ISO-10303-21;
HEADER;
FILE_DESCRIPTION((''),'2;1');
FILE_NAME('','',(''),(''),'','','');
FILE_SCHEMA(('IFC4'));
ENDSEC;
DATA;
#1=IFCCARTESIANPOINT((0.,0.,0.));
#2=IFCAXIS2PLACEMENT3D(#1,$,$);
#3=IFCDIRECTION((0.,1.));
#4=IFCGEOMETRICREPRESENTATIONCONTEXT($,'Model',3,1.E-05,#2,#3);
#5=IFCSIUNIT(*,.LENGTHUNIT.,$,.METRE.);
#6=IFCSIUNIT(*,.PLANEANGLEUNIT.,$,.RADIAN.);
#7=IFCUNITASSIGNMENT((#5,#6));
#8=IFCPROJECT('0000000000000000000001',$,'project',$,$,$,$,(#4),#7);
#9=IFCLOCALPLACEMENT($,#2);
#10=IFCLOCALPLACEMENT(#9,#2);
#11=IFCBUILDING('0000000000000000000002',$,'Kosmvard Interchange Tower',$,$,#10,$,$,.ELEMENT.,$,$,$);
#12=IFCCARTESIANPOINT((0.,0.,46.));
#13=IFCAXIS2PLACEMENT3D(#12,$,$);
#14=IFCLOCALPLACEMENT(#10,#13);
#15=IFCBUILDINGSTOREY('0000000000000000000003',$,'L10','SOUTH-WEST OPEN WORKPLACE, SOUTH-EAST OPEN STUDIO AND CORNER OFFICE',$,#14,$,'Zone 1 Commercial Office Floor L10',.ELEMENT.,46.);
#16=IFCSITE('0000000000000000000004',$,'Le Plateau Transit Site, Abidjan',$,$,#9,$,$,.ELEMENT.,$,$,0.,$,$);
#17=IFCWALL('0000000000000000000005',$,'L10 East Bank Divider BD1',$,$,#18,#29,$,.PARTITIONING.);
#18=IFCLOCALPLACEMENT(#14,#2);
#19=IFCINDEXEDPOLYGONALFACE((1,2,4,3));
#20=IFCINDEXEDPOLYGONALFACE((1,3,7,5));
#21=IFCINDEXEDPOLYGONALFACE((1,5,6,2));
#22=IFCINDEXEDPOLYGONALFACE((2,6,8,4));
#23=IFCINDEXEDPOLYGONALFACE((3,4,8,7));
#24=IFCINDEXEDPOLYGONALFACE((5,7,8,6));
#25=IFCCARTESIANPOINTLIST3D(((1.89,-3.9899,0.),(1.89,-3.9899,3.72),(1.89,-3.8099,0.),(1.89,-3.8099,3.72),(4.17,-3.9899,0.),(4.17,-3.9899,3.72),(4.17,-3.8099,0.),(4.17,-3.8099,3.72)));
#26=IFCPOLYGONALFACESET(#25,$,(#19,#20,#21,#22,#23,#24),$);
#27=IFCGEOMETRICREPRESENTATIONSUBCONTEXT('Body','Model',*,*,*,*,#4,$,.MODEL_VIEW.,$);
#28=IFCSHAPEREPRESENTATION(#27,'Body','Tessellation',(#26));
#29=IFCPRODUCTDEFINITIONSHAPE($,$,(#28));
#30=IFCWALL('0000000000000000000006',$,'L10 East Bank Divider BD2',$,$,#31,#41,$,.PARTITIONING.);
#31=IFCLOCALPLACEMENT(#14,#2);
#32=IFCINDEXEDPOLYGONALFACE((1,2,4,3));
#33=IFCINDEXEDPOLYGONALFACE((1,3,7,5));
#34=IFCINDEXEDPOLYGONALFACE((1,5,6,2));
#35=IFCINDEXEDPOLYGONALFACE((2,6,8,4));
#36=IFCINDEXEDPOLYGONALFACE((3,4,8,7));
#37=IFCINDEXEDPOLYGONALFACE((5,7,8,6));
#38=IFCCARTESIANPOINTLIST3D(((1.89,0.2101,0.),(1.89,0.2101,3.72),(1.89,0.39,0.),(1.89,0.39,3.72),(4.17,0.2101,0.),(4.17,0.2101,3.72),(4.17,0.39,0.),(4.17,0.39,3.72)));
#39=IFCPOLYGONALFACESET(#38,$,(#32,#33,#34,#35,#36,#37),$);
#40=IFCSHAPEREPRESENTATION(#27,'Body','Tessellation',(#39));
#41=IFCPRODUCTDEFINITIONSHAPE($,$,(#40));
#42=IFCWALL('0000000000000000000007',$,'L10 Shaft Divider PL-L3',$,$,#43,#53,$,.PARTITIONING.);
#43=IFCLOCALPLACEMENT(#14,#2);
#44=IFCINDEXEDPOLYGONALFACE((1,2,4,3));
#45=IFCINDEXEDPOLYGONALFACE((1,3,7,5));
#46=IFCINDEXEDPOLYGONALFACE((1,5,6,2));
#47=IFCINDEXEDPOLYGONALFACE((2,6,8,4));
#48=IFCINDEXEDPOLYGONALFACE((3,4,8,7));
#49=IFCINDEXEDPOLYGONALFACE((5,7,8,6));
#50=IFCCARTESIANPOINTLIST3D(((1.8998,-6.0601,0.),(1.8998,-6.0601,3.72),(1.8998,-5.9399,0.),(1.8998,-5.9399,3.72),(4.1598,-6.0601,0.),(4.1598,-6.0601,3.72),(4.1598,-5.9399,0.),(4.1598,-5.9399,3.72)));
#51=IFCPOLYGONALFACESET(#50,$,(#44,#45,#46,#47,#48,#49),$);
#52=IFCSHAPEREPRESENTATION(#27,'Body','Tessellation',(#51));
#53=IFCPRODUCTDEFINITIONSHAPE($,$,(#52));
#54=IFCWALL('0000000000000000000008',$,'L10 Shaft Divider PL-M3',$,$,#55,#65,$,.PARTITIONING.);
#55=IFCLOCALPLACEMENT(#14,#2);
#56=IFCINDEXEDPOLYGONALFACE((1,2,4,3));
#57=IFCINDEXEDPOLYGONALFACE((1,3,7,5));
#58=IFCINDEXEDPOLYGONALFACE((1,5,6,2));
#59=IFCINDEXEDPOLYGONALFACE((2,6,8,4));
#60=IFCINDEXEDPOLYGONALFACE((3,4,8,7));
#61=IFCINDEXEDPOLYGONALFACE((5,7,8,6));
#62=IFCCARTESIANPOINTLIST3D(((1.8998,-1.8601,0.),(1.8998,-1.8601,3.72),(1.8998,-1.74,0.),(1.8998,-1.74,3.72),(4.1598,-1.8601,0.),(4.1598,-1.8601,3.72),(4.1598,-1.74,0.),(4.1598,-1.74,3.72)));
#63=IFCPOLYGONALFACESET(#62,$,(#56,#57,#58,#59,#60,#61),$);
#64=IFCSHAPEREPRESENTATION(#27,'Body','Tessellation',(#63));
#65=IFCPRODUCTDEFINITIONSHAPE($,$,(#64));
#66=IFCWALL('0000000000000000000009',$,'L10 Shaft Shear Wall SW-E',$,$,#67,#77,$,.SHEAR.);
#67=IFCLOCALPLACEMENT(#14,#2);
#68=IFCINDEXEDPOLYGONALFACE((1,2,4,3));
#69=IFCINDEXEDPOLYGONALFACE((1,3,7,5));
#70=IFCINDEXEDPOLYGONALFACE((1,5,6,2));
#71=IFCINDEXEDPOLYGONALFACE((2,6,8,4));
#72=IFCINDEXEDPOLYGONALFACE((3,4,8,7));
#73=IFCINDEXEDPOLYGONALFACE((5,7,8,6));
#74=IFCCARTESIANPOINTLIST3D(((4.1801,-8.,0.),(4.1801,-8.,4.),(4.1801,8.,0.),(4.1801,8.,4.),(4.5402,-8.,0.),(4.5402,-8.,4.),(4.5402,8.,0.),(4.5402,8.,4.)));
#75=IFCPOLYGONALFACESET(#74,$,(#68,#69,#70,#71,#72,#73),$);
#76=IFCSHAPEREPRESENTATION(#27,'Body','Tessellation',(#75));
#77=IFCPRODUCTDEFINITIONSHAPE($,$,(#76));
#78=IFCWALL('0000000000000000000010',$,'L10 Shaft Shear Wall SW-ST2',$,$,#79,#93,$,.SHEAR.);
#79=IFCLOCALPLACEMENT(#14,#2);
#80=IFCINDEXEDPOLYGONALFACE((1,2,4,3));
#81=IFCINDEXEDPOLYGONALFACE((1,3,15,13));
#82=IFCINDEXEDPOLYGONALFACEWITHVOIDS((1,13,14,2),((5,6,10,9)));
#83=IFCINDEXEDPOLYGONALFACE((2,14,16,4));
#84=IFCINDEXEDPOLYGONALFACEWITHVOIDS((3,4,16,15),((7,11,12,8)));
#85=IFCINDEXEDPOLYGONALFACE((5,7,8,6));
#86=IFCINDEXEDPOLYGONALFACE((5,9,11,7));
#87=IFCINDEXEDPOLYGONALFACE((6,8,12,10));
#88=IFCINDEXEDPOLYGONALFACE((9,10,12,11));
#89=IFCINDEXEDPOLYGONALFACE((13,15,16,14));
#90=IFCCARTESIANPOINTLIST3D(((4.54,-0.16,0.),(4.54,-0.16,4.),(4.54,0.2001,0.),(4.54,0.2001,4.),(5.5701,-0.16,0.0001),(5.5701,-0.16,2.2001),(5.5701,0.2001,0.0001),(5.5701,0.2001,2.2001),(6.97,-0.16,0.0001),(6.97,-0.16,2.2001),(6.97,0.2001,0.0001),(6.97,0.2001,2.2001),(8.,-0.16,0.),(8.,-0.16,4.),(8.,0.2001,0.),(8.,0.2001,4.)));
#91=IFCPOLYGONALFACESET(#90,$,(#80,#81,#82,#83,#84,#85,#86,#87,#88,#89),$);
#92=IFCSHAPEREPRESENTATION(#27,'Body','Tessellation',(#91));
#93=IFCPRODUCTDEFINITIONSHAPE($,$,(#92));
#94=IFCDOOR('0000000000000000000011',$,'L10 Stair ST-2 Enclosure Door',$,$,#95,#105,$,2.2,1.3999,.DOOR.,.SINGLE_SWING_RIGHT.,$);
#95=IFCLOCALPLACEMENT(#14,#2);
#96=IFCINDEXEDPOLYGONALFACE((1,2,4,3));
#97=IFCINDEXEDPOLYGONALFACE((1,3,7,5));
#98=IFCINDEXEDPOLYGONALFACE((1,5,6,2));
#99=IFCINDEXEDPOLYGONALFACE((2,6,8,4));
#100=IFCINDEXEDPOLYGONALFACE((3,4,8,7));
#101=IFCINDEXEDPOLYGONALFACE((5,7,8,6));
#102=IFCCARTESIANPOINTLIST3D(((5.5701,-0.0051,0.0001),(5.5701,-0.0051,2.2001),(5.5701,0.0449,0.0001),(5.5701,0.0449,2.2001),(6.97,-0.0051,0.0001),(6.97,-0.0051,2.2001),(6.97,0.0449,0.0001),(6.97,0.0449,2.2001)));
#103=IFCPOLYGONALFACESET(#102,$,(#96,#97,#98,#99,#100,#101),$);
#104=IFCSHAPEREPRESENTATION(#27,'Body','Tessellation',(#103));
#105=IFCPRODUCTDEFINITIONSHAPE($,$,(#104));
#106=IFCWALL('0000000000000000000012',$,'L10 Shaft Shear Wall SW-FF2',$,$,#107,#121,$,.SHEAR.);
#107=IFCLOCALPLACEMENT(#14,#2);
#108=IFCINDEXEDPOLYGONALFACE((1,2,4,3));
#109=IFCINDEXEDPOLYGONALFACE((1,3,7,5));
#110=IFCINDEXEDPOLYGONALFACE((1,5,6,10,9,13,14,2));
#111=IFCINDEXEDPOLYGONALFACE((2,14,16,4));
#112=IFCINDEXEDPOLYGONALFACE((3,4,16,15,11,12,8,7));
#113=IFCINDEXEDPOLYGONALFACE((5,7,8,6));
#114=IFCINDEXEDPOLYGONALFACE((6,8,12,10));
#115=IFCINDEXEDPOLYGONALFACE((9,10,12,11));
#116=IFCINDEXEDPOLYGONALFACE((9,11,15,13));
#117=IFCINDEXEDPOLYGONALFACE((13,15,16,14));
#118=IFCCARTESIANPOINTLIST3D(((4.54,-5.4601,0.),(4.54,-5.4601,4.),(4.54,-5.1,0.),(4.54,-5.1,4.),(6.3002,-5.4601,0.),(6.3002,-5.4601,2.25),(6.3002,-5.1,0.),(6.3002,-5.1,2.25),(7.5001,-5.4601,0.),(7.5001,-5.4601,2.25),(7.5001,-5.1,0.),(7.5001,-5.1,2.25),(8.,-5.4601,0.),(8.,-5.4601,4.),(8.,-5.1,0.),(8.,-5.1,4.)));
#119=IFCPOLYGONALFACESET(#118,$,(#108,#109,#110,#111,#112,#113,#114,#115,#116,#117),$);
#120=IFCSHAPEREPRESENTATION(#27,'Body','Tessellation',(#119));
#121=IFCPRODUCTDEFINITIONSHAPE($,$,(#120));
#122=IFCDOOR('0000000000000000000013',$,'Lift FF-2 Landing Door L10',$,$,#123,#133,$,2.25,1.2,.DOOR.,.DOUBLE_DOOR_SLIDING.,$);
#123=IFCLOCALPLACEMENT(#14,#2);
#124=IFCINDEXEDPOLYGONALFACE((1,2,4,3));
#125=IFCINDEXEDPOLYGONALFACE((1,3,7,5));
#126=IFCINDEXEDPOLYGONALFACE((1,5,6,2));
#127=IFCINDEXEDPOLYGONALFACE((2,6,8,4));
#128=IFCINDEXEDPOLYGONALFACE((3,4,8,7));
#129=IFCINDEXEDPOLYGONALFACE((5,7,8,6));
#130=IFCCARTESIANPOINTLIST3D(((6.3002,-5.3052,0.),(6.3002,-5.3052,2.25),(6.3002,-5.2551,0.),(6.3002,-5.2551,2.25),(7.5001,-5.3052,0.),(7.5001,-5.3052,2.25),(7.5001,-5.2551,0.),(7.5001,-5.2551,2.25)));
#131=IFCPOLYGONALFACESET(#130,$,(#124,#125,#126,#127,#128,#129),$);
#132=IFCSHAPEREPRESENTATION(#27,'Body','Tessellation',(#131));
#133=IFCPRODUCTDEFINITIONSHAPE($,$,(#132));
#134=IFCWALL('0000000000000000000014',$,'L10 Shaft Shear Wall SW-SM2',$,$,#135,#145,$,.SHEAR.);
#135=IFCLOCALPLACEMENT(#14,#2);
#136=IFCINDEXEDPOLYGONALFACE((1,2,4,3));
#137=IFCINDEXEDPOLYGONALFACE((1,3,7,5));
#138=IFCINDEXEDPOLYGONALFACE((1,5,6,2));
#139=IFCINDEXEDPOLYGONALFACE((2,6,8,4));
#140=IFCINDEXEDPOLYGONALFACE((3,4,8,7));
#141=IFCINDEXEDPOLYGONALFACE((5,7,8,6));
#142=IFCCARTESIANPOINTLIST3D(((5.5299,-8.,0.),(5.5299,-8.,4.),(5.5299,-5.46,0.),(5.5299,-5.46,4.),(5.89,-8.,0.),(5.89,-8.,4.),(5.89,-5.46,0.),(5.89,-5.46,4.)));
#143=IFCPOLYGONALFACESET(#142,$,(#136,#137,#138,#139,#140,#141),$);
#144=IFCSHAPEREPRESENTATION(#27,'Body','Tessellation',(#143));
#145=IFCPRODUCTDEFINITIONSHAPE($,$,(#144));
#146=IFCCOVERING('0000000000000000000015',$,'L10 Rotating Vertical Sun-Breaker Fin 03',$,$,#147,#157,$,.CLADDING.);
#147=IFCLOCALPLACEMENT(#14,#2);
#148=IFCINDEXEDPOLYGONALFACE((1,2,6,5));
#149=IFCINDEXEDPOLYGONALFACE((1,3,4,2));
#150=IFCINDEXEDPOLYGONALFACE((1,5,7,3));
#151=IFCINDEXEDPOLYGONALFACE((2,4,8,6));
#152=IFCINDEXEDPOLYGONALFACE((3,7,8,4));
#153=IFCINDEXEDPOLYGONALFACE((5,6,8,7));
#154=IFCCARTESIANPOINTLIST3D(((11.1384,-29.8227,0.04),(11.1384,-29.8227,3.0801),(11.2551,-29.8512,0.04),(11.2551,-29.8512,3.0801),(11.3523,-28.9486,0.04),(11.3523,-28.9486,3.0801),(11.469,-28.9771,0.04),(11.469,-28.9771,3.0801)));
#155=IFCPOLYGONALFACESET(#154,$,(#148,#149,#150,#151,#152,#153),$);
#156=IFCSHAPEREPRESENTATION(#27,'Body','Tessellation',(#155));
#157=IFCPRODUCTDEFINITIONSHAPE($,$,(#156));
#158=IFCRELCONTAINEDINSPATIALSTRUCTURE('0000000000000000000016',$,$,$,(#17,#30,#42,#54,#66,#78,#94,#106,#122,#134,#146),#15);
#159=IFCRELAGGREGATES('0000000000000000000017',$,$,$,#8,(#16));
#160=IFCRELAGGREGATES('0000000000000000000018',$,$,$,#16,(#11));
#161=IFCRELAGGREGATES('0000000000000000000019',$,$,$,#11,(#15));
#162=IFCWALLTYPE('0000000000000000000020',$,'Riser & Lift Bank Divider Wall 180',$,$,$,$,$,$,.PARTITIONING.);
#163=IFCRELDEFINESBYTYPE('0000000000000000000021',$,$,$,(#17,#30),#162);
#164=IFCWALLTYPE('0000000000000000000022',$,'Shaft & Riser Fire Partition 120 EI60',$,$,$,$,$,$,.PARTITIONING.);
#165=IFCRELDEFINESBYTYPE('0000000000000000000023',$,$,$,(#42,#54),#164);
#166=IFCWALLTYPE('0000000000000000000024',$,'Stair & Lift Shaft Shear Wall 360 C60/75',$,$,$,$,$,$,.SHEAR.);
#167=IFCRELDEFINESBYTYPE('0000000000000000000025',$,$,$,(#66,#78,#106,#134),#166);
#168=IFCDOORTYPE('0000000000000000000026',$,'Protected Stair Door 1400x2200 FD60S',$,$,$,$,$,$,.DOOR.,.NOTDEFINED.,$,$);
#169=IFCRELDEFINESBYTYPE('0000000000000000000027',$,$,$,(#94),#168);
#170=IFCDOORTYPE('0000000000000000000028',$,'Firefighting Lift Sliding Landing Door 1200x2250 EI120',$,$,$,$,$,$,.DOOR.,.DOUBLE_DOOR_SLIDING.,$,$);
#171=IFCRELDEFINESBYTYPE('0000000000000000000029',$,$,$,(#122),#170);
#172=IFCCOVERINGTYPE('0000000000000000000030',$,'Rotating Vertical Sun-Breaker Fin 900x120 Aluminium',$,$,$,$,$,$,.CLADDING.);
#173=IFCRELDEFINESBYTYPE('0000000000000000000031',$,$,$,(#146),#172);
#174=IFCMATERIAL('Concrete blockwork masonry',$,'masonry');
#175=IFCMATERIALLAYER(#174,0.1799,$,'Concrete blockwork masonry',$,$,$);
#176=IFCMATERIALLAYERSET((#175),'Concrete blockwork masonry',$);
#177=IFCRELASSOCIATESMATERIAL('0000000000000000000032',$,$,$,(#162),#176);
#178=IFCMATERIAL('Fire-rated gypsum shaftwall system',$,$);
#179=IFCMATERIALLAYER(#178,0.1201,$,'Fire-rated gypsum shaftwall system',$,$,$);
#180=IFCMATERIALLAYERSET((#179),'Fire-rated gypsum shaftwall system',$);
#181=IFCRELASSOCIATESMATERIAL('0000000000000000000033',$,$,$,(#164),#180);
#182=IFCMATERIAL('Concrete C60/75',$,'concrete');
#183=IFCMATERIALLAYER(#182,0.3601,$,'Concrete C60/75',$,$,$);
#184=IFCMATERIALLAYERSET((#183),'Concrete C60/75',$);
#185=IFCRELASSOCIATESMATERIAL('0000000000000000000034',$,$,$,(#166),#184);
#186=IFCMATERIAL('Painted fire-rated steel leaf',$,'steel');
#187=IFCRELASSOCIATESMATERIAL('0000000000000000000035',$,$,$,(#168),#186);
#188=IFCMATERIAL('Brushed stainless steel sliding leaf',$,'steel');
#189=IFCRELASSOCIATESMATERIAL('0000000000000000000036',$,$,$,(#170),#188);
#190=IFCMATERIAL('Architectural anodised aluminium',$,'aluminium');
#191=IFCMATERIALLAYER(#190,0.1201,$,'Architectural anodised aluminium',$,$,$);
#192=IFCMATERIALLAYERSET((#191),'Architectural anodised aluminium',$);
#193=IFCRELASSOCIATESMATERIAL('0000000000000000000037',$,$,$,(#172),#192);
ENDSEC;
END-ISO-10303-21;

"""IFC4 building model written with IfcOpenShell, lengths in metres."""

from ifc_helpers import new_model, si_unit, direction, frame, frame_2d, origin, origin_2d, place, context, subcontext, project, spatial, rectangle, extrude, source, transform, mapped, material, layer, layer_set, type_object, element, fill, save


model = new_model("IFC4")

# Units and contexts
model_context = context("Model", 3, precision=1e-05, world=origin(), true_north=direction((0.0, 1.0)))
body_context = subcontext(model_context, "Body", "Model", "MODEL_VIEW")
ifc_project = project(units=[si_unit("LENGTHUNIT", "METRE"), si_unit("PLANEANGLEUNIT", "RADIAN")], contexts=[model_context])

# Site, building, storey
site_placement = place(None, origin())
site = spatial("IfcSite", under=ifc_project, at=site_placement, Name="Le Plateau Transit Site, Abidjan", CompositionType="ELEMENT", RefElevation=0.0)
building_placement = place(site_placement, origin())
building = spatial("IfcBuilding", under=site, at=building_placement, Name="Kosmvard Interchange Tower", CompositionType="ELEMENT")
storey_placement = place(building_placement, frame((0.0, 0.0, 46.0)))
storey = spatial("IfcBuildingStorey", under=building, at=storey_placement, Name="L10", Description="SOUTH-WEST OPEN WORKPLACE, SOUTH-EAST OPEN STUDIO AND CORNER OFFICE", LongName="Zone 1 Commercial Office Floor L10", CompositionType="ELEMENT", Elevation=46.0)

# Shared definitions
ifc_material_1 = material(Name="Concrete C60/75", Category="concrete")

# Shared definitions
ifc_material_2 = material(Name="Brushed stainless steel sliding leaf", Category="steel")

# Shared definitions
ifc_material_3 = material(Name="Painted fire-rated steel leaf", Category="steel")

# Walls
ifc_material_4 = material(Name="Concrete blockwork masonry", Category="masonry")
ifc_layer_1 = layer(ifc_material_4, 0.1799, Name="Concrete blockwork masonry")
ifc_layer_set_1 = layer_set([ifc_layer_1], Name="Concrete blockwork masonry")
wall_type_1 = type_object("IfcWallType", Name="Riser & Lift Bank Divider Wall 180", PredefinedType="PARTITIONING", material=ifc_layer_set_1)
for number, where, z_axis, x_axis, name in (
    (1, (1.8899, -3.8999, 0.0), (0.0, 0.0, 1.0), (1.0, 0.0, 0.0), "L10 East Bank Divider BD1"),
    (2, (1.8899, 0.3, 0.0), (0.0, 0.0, 1.0), (1.0, 0.0, 0.0), "L10 East Bank Divider BD2"),
):
    element("IfcWall", number, at=place(storey_placement, frame(where, z_axis=z_axis, x_axis=x_axis)), inside=storey, type_object=wall_type_1, Name=name, PredefinedType="PARTITIONING", context=body_context, shape_type="SweptSolid", body=[
        extrude(rectangle(XDim=2.28, YDim=0.1799, at=frame_2d((1.1401, 0.0))), origin(), (0.0, 0.0, 1.0), 3.72),
    ])
ifc_material_5 = material(Name="Fire-rated gypsum shaftwall system")
ifc_layer_2 = layer(ifc_material_5, 0.1201, Name="Fire-rated gypsum shaftwall system")
ifc_layer_set_2 = layer_set([ifc_layer_2], Name="Fire-rated gypsum shaftwall system")
wall_type_2 = type_object("IfcWallType", Name="Shaft & Riser Fire Partition 120 EI60", PredefinedType="PARTITIONING", material=ifc_layer_set_2)
for number, where, z_axis, x_axis, name in (
    (3, (1.8999, -6.0, 0.0), (0.0, 0.0, 1.0), (1.0, 0.0, 0.0), "L10 Shaft Divider PL-L3"),
    (4, (1.8999, -1.8, 0.0), (0.0, 0.0, 1.0), (1.0, 0.0, 0.0), "L10 Shaft Divider PL-M3"),
):
    element("IfcWall", number, at=place(storey_placement, frame(where, z_axis=z_axis, x_axis=x_axis)), inside=storey, type_object=wall_type_2, Name=name, PredefinedType="PARTITIONING", context=body_context, shape_type="SweptSolid", body=[
        extrude(rectangle(XDim=2.26, YDim=0.1201, at=frame_2d((1.1299, 0.0))), origin(), (0.0, 0.0, 1.0), 3.72),
    ])
ifc_layer_3 = layer(ifc_material_1, 0.3601, Name="Concrete C60/75")
ifc_layer_set_3 = layer_set([ifc_layer_3], Name="Concrete C60/75")
wall_type_3 = type_object("IfcWallType", Name="Stair & Lift Shaft Shear Wall 360 C60/75", PredefinedType="SHEAR", material=ifc_layer_set_3)
wall_1_placement = place(storey_placement, frame((4.3601, -8.0, 0.0), z_axis=(0.0, 0.0, 1.0), x_axis=(0.0, 1.0, 0.0)))
element("IfcWall", 5, at=wall_1_placement, inside=storey, type_object=wall_type_3, Name="L10 Shaft Shear Wall SW-E", PredefinedType="SHEAR", context=body_context, shape_type="SweptSolid", body=[
    extrude(rectangle(XDim=16.0, YDim=0.3601, at=frame_2d((8.0, 0.0))), origin(), (0.0, 0.0, 1.0), 4.0),
])

# Walls, openings, doors
wall_2_placement = place(storey_placement, frame((4.54, 0.02, 0.0), z_axis=(0.0, 0.0, 1.0), x_axis=(1.0, 0.0, 0.0)))
wall_2 = element("IfcWall", 6, at=wall_2_placement, inside=storey, type_object=wall_type_3, Name="L10 Shaft Shear Wall SW-ST2", PredefinedType="SHEAR", context=body_context, shape_type="SweptSolid", body=[
    extrude(rectangle(XDim=3.46, YDim=0.3601, at=frame_2d((1.73, 0.0))), origin(), (0.0, 0.0, 1.0), 4.0),
])
opening_1_placement = place(wall_2_placement, frame((1.03, 0.0, 0.0)))
opening_1 = element("IfcOpeningElement", 7, at=opening_1_placement, cuts=wall_2, PredefinedType="OPENING", context=body_context, shape_type="SweptSolid", body=[
    extrude(rectangle(XDim=1.3999, YDim=2.2, at=frame_2d((0.7, 1.1001))), frame((0.0, 0.1899, 0.0), z_axis=(0.0, -1.0, 0.0), x_axis=(1.0, 0.0, 0.0)), (0.0, 0.0, 1.0), 0.3801),
])
door_type_1 = type_object("IfcDoorType", Name="Protected Stair Door 1400x2200 FD60S", OperationType="NOTDEFINED", PredefinedType="DOOR", material=ifc_material_3)
shared_shape_1 = source(origin(), body_context, "Body", "SweptSolid", [
    extrude(rectangle(XDim=1.3999, YDim=2.2, at=frame_2d((0.7, 1.1001))), frame((0.0, 0.0249, 0.0), z_axis=(0.0, -1.0, 0.0), x_axis=(1.0, 0.0, 0.0)), (0.0, 0.0, 1.0), 0.05),
])
door_1_placement = place(opening_1_placement, origin())
door_1 = element("IfcDoor", 8, at=door_1_placement, inside=storey, type_object=door_type_1, Name="L10 Stair ST-2 Enclosure Door", OperationType="SINGLE_SWING_RIGHT", OverallHeight=2.2, OverallWidth=1.3999, PredefinedType="DOOR", context=body_context, shape_type="MappedRepresentation", body=[
    mapped(shared_shape_1, transform((0.0, 0.0, 0.0), scale=1.0)),
])
fill(opening_1, door_1)
wall_3_placement = place(storey_placement, frame((4.54, -5.28, 0.0), z_axis=(0.0, 0.0, 1.0), x_axis=(1.0, 0.0, 0.0)))
wall_3 = element("IfcWall", 9, at=wall_3_placement, inside=storey, type_object=wall_type_3, Name="L10 Shaft Shear Wall SW-FF2", PredefinedType="SHEAR", context=body_context, shape_type="SweptSolid", body=[
    extrude(rectangle(XDim=3.46, YDim=0.3601, at=frame_2d((1.73, 0.0))), origin(), (0.0, 0.0, 1.0), 4.0),
])
opening_2_placement = place(wall_3_placement, frame((1.76, 0.0, 0.0)))
opening_2 = element("IfcOpeningElement", 10, at=opening_2_placement, cuts=wall_3, PredefinedType="OPENING", context=body_context, shape_type="SweptSolid", body=[
    extrude(rectangle(XDim=1.2, YDim=2.25, at=frame_2d((0.6001, 1.125))), frame((0.0, 0.1899, 0.0), z_axis=(0.0, -1.0, 0.0), x_axis=(1.0, 0.0, 0.0)), (0.0, 0.0, 1.0), 0.3801),
])
door_type_2 = type_object("IfcDoorType", Name="Firefighting Lift Sliding Landing Door 1200x2250 EI120", OperationType="DOUBLE_DOOR_SLIDING", PredefinedType="DOOR", material=ifc_material_2)
shared_shape_2 = source(origin(), body_context, "Body", "SweptSolid", [
    extrude(rectangle(XDim=1.2, YDim=2.25, at=frame_2d((0.6001, 1.125))), frame((0.0, 0.0249, 0.0), z_axis=(0.0, -1.0, 0.0), x_axis=(1.0, 0.0, 0.0)), (0.0, 0.0, 1.0), 0.05),
])
door_2_placement = place(opening_2_placement, origin())
door_2 = element("IfcDoor", 11, at=door_2_placement, inside=storey, type_object=door_type_2, Name="Lift FF-2 Landing Door L10", OperationType="DOUBLE_DOOR_SLIDING", OverallHeight=2.25, OverallWidth=1.2, PredefinedType="DOOR", context=body_context, shape_type="MappedRepresentation", body=[
    mapped(shared_shape_2, transform((0.0, 0.0, 0.0), scale=1.0)),
])
fill(opening_2, door_2)

# Wall
wall_4_placement = place(storey_placement, frame((5.71, -8.0, 0.0), z_axis=(0.0, 0.0, 1.0), x_axis=(0.0, 1.0, 0.0)))
element("IfcWall", 12, at=wall_4_placement, inside=storey, type_object=wall_type_3, Name="L10 Shaft Shear Wall SW-SM2", PredefinedType="SHEAR", context=body_context, shape_type="SweptSolid", body=[
    extrude(rectangle(XDim=2.54, YDim=0.3601, at=frame_2d((1.27, 0.0))), origin(), (0.0, 0.0, 1.0), 4.0),
])

# Covering
ifc_material_6 = material(Name="Architectural anodised aluminium", Category="aluminium")
ifc_layer_4 = layer(ifc_material_6, 0.1201, Name="Architectural anodised aluminium")
ifc_layer_set_4 = layer_set([ifc_layer_4], Name="Architectural anodised aluminium")
covering_type = type_object("IfcCoveringType", Name="Rotating Vertical Sun-Breaker Fin 900x120 Aluminium", PredefinedType="CLADDING", material=ifc_layer_set_4)
shared_shape_3 = source(origin(), body_context, "Body", "SweptSolid", [
    extrude(rectangle(XDim=0.8999, YDim=0.1201, at=origin_2d()), origin(), (0.0, 0.0, 1.0), 3.04),
])
covering_placement = place(storey_placement, frame((11.3037, -29.3999, 0.04), z_axis=(0.0, 0.0, 1.0), x_axis=(-0.237686, -0.971342, 0.0)))
element("IfcCovering", 13, at=covering_placement, inside=storey, type_object=covering_type, Name="L10 Rotating Vertical Sun-Breaker Fin 03", PredefinedType="CLADDING", context=body_context, shape_type="MappedRepresentation", body=[
    mapped(shared_shape_3, transform((0.0, 0.0, 0.0), scale=1.0)),
])

save(model, "model.ifc")
